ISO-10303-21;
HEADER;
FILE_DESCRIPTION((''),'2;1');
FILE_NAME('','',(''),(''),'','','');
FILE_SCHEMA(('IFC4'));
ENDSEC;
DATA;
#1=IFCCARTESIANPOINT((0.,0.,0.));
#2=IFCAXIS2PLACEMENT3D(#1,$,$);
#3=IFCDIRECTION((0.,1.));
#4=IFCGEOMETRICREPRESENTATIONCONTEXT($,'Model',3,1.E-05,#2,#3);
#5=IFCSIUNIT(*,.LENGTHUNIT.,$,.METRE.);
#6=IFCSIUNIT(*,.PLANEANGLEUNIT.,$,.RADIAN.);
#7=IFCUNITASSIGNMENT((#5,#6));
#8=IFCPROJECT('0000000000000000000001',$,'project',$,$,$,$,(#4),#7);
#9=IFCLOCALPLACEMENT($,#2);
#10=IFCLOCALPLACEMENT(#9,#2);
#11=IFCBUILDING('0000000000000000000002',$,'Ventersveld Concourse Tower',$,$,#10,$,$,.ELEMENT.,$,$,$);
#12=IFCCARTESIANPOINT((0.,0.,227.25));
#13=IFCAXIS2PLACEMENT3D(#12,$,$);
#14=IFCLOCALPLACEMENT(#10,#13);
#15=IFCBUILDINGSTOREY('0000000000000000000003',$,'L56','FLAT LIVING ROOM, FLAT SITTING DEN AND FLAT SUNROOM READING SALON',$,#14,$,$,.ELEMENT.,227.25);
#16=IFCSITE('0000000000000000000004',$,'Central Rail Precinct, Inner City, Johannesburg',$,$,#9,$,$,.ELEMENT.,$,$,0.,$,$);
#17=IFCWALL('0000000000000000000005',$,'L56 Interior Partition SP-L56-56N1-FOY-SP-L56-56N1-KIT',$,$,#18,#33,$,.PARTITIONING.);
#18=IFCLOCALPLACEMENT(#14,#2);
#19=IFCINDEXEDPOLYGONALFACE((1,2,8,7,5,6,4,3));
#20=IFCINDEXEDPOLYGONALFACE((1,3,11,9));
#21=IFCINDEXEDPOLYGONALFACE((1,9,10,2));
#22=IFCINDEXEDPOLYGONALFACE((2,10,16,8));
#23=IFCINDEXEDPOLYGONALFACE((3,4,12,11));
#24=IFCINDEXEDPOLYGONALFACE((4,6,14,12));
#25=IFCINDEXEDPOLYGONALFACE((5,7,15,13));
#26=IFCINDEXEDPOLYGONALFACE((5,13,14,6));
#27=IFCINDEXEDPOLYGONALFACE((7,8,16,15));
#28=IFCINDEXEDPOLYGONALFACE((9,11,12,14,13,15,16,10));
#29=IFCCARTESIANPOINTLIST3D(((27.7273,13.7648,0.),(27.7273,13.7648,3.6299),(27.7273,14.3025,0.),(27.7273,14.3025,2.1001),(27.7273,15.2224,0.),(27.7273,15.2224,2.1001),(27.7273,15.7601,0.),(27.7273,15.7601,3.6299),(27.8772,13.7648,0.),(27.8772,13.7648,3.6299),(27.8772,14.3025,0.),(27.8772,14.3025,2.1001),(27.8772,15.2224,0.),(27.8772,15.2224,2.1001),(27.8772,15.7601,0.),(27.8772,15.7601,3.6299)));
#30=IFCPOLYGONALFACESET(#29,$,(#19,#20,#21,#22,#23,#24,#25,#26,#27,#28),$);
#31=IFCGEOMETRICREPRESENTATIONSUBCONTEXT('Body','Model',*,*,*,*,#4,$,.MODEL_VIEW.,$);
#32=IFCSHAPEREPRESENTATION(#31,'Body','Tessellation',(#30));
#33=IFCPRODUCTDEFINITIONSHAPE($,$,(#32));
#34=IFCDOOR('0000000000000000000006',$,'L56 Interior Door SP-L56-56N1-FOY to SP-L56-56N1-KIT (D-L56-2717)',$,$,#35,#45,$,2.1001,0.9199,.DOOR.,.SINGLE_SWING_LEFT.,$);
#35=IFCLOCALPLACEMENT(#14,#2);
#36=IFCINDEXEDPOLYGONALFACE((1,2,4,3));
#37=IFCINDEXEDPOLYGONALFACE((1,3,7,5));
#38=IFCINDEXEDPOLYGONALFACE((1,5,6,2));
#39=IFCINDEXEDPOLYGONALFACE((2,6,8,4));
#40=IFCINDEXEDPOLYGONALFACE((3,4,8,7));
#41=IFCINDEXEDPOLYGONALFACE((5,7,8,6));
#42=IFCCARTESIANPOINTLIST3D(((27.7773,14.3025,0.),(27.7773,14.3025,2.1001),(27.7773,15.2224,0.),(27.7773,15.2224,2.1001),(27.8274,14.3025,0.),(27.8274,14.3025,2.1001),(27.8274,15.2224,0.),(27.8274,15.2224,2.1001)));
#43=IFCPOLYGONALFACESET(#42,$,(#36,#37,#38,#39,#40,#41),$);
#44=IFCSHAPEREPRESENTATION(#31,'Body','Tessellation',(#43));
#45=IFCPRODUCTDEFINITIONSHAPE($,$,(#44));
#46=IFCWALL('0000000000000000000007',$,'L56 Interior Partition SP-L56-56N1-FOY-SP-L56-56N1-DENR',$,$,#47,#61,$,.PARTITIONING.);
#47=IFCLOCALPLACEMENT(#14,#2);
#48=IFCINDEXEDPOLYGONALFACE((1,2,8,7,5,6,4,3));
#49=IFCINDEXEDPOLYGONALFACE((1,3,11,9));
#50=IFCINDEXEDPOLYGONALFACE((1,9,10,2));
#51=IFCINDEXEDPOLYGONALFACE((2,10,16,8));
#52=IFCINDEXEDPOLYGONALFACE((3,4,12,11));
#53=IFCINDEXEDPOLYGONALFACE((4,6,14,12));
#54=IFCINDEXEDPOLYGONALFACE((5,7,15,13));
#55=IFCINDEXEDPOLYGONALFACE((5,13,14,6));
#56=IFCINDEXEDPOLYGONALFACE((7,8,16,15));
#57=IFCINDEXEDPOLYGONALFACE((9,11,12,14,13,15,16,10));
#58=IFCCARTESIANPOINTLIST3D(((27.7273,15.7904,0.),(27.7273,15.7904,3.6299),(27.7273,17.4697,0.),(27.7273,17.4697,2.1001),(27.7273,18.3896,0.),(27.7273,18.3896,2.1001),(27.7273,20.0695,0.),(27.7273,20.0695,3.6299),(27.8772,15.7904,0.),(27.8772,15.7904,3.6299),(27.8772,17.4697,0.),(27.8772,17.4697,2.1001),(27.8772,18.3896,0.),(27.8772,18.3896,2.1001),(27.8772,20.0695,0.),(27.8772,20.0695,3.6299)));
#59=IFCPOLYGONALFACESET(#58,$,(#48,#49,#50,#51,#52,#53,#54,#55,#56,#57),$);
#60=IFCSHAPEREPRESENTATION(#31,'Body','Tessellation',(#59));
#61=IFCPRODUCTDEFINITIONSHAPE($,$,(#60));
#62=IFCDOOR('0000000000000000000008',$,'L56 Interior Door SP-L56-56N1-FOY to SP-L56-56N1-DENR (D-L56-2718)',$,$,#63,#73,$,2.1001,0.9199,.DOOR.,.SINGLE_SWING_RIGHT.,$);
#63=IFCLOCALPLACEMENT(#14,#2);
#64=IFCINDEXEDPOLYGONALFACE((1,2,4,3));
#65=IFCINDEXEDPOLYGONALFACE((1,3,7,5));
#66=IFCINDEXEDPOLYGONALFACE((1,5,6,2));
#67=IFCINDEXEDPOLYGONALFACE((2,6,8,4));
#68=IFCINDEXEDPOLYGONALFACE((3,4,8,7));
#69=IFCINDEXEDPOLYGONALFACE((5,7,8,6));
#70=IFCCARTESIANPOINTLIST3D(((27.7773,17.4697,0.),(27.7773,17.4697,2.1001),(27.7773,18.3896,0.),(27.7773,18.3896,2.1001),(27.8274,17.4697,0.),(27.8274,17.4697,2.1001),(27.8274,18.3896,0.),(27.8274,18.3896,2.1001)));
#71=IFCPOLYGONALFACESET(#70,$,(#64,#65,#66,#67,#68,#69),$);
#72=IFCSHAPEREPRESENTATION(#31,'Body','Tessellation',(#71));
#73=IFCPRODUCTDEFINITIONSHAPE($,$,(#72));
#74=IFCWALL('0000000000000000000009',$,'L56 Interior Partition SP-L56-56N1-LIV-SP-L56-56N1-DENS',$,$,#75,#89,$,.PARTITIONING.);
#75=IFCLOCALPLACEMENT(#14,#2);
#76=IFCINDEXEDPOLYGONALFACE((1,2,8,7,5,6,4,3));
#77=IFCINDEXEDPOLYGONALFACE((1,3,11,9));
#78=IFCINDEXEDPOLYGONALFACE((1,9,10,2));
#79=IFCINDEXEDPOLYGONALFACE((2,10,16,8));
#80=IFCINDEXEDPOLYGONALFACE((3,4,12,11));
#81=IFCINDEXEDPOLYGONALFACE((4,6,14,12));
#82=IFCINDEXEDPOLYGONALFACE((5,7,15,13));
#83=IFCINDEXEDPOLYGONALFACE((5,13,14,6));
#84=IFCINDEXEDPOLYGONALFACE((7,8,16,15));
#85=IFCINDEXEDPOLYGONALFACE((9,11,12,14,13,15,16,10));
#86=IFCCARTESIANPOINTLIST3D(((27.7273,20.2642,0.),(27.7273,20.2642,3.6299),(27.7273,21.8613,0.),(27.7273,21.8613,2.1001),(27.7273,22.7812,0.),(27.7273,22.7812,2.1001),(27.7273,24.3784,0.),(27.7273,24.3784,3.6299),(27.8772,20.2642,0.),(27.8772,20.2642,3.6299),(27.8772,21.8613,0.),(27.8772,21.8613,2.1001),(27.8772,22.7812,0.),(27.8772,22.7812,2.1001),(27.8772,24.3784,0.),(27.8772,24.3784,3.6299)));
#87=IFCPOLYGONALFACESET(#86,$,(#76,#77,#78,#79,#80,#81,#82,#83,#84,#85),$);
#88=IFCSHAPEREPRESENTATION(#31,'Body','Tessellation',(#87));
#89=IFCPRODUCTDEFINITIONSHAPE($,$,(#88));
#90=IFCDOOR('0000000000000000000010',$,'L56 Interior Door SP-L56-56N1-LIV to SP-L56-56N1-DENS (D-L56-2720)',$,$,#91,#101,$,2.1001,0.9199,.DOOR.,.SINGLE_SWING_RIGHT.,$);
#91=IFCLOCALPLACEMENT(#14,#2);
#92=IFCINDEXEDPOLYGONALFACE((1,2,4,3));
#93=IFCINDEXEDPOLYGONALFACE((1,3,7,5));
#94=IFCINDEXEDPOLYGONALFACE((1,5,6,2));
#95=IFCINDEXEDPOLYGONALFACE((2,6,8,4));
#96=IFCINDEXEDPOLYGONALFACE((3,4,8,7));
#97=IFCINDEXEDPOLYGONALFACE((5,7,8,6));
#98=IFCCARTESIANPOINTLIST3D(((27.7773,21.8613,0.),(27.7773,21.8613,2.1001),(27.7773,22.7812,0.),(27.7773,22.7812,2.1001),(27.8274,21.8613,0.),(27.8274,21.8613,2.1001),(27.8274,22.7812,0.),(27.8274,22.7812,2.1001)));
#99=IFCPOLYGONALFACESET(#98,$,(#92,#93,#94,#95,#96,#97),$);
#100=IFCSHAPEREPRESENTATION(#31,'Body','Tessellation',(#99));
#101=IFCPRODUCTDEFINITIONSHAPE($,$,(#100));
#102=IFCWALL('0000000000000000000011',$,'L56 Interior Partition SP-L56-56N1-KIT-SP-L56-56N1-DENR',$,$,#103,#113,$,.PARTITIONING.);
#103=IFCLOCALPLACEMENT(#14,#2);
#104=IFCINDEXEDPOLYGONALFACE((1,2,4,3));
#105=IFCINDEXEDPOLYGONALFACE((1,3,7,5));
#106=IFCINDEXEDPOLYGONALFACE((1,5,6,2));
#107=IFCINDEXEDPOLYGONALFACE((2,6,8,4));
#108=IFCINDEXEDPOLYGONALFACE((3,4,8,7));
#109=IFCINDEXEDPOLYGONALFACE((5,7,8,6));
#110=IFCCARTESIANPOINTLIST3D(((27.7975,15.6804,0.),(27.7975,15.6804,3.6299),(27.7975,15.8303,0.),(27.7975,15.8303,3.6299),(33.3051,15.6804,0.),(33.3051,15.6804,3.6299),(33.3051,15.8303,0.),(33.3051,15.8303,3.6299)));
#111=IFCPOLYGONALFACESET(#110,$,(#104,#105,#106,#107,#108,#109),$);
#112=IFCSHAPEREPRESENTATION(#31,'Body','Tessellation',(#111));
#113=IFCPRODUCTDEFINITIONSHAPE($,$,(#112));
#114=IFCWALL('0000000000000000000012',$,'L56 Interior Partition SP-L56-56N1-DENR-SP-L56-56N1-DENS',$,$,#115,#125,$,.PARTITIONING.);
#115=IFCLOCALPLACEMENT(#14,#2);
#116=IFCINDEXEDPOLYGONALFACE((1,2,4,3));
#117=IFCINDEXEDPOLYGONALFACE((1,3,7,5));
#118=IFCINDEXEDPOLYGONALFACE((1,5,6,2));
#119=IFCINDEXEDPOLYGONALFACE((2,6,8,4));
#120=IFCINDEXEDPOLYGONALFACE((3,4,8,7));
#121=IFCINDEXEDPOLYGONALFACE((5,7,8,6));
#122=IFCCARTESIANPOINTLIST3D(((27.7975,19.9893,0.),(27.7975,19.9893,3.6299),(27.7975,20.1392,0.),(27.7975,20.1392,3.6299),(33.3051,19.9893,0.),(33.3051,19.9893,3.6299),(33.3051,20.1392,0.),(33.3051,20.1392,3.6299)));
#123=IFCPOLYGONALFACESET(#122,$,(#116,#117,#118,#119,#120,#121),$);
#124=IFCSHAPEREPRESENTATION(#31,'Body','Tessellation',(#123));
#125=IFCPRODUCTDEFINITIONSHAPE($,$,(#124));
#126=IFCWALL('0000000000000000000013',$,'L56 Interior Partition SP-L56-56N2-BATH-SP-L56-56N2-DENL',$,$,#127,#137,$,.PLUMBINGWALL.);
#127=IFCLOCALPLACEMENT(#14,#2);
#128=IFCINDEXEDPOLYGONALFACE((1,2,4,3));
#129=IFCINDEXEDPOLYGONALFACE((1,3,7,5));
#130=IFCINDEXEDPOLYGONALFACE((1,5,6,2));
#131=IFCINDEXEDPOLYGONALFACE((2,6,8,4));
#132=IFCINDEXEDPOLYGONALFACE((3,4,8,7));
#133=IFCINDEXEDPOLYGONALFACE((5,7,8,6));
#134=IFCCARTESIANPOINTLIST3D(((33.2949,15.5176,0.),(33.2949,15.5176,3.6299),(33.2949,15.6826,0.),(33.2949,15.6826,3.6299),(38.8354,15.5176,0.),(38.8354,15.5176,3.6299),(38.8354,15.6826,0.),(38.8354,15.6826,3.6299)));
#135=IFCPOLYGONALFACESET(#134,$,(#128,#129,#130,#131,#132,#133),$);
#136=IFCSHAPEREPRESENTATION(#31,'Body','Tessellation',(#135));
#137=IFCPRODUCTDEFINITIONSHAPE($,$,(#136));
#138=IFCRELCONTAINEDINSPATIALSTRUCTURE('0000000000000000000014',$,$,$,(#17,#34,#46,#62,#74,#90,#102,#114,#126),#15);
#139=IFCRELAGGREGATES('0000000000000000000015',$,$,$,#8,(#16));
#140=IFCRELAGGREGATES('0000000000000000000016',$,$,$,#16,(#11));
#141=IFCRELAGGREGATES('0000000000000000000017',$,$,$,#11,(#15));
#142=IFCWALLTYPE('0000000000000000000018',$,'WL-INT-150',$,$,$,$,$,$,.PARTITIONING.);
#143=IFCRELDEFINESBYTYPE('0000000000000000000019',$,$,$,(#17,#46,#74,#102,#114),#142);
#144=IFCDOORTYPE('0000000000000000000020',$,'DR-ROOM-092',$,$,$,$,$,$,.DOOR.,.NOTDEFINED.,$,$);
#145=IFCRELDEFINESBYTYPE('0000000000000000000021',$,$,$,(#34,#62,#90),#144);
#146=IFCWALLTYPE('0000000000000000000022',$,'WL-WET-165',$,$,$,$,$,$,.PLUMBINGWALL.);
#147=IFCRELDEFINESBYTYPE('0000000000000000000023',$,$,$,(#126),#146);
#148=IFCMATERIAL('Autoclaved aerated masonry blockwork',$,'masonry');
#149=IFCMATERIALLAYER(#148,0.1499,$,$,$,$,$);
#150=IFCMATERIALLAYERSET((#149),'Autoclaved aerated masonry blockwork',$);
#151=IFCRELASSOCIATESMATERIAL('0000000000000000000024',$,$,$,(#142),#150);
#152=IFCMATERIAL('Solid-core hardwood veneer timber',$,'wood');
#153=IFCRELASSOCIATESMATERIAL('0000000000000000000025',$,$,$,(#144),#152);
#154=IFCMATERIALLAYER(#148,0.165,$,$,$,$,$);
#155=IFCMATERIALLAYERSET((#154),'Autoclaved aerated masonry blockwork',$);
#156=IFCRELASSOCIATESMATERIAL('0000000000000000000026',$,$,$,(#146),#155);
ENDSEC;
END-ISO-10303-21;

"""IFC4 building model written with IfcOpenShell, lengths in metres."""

from ifc_helpers import new_model, si_unit, direction, frame, frame_2d, origin, place, context, subcontext, project, spatial, rectangle, extrude, material, layer, layer_set, type_object, element, fill, save


model = new_model("IFC4")

# Units and contexts
model_context = context("Model", 3, precision=1e-05, world=origin(), true_north=direction((0.0, 1.0)))
body_context = subcontext(model_context, "Body", "Model", "MODEL_VIEW")
ifc_project = project(units=[si_unit("LENGTHUNIT", "METRE"), si_unit("PLANEANGLEUNIT", "RADIAN")], contexts=[model_context])

# Site, building, storey
site_placement = place(None, origin())
site = spatial("IfcSite", under=ifc_project, at=site_placement, Name="Central Rail Precinct, Inner City, Johannesburg", CompositionType="ELEMENT", RefElevation=0.0)
building_placement = place(site_placement, origin())
building = spatial("IfcBuilding", under=site, at=building_placement, Name="Ventersveld Concourse Tower", CompositionType="ELEMENT")
storey_placement = place(building_placement, frame((0.0, 0.0, 227.25)))
storey = spatial("IfcBuildingStorey", under=building, at=storey_placement, Name="L56", Description="FLAT LIVING ROOM, FLAT SITTING DEN AND FLAT SUNROOM READING SALON", CompositionType="ELEMENT", Elevation=227.25)

# Walls, openings, doors
ifc_material_1 = material(Name="Autoclaved aerated masonry blockwork", Category="masonry")
ifc_layer_1 = layer(ifc_material_1, 0.1499)
ifc_layer_set_1 = layer_set([ifc_layer_1], Name="Autoclaved aerated masonry blockwork")
wall_type_1 = type_object("IfcWallType", Name="WL-INT-150", PredefinedType="PARTITIONING", material=ifc_layer_set_1)
wall_1_placement = place(storey_placement, frame((27.8022, 13.7649, 0.0), z_axis=(0.0, 0.0, 1.0), x_axis=(0.0, 1.0, 0.0)))
wall_1 = element("IfcWall", 1, at=wall_1_placement, inside=storey, type_object=wall_type_1, Name="L56 Interior Partition SP-L56-56N1-FOY-SP-L56-56N1-KIT", PredefinedType="PARTITIONING", context=body_context, shape_type="SweptSolid", body=[
    extrude(rectangle(XDim=1.9954, YDim=0.1499, at=frame_2d((0.9976, 0.0))), origin(), (0.0, 0.0, 1.0), 3.6299),
])
opening_1_placement = place(wall_1_placement, frame((0.5376, 0.0, 0.0)))
opening_1 = element("IfcOpeningElement", 2, at=opening_1_placement, cuts=wall_1, PredefinedType="OPENING", context=body_context, shape_type="SweptSolid", body=[
    extrude(rectangle(XDim=0.9199, YDim=2.1001, at=frame_2d((0.46, 1.05))), frame((0.0, 0.085, 0.0), z_axis=(0.0, -1.0, 0.0), x_axis=(1.0, 0.0, 0.0)), (0.0, 0.0, 1.0), 0.1699),
])
ifc_material_2 = material(Name="Solid-core hardwood veneer timber", Category="wood")
door_type = type_object("IfcDoorType", Name="DR-ROOM-092", OperationType="NOTDEFINED", PredefinedType="DOOR", material=ifc_material_2)
door_1_placement = place(opening_1_placement, origin())
door_1 = element("IfcDoor", 3, at=door_1_placement, inside=storey, type_object=door_type, Name="L56 Interior Door SP-L56-56N1-FOY to SP-L56-56N1-KIT (D-L56-2717)", OperationType="SINGLE_SWING_LEFT", OverallHeight=2.1001, OverallWidth=0.9199, PredefinedType="DOOR", context=body_context, shape_type="SweptSolid", body=[
    extrude(rectangle(XDim=0.9199, YDim=2.1001, at=frame_2d((0.46, 1.05))), frame((0.0, 0.0249, 0.0), z_axis=(0.0, -1.0, 0.0), x_axis=(1.0, 0.0, 0.0)), (0.0, 0.0, 1.0), 0.05),
])
fill(opening_1, door_1)
wall_2_placement = place(storey_placement, frame((27.8022, 15.7903, 0.0), z_axis=(0.0, 0.0, 1.0), x_axis=(0.0, 1.0, 0.0)))
wall_2 = element("IfcWall", 4, at=wall_2_placement, inside=storey, type_object=wall_type_1, Name="L56 Interior Partition SP-L56-56N1-FOY-SP-L56-56N1-DENR", PredefinedType="PARTITIONING", context=body_context, shape_type="SweptSolid", body=[
    extrude(rectangle(XDim=4.2791, YDim=0.1499, at=frame_2d((2.1396, 0.0))), origin(), (0.0, 0.0, 1.0), 3.6299),
])
opening_2_placement = place(wall_2_placement, frame((1.6794, 0.0, 0.0)))
opening_2 = element("IfcOpeningElement", 5, at=opening_2_placement, cuts=wall_2, PredefinedType="OPENING", context=body_context, shape_type="SweptSolid", body=[
    extrude(rectangle(XDim=0.9199, YDim=2.1001, at=frame_2d((0.46, 1.05))), frame((0.0, 0.085, 0.0), z_axis=(0.0, -1.0, 0.0), x_axis=(1.0, 0.0, 0.0)), (0.0, 0.0, 1.0), 0.1699),
])
door_2_placement = place(opening_2_placement, origin())
door_2 = element("IfcDoor", 6, at=door_2_placement, inside=storey, type_object=door_type, Name="L56 Interior Door SP-L56-56N1-FOY to SP-L56-56N1-DENR (D-L56-2718)", OperationType="SINGLE_SWING_RIGHT", OverallHeight=2.1001, OverallWidth=0.9199, PredefinedType="DOOR", context=body_context, shape_type="SweptSolid", body=[
    extrude(rectangle(XDim=0.9199, YDim=2.1001, at=frame_2d((0.46, 1.05))), frame((0.0, 0.0249, 0.0), z_axis=(0.0, -1.0, 0.0), x_axis=(1.0, 0.0, 0.0)), (0.0, 0.0, 1.0), 0.05),
])
fill(opening_2, door_2)
wall_3_placement = place(storey_placement, frame((27.8022, 20.2642, 0.0), z_axis=(0.0, 0.0, 1.0), x_axis=(0.0, 1.0, 0.0)))
wall_3 = element("IfcWall", 7, at=wall_3_placement, inside=storey, type_object=wall_type_1, Name="L56 Interior Partition SP-L56-56N1-LIV-SP-L56-56N1-DENS", PredefinedType="PARTITIONING", context=body_context, shape_type="SweptSolid", body=[
    extrude(rectangle(XDim=4.1143, YDim=0.1499, at=frame_2d((2.0571, 0.0))), origin(), (0.0, 0.0, 1.0), 3.6299),
])
opening_3_placement = place(wall_3_placement, frame((1.5972, 0.0, 0.0)))
opening_3 = element("IfcOpeningElement", 8, at=opening_3_placement, cuts=wall_3, PredefinedType="OPENING", context=body_context, shape_type="SweptSolid", body=[
    extrude(rectangle(XDim=0.9199, YDim=2.1001, at=frame_2d((0.46, 1.05))), frame((0.0, 0.085, 0.0), z_axis=(0.0, -1.0, 0.0), x_axis=(1.0, 0.0, 0.0)), (0.0, 0.0, 1.0), 0.1699),
])
door_3_placement = place(opening_3_placement, origin())
door_3 = element("IfcDoor", 9, at=door_3_placement, inside=storey, type_object=door_type, Name="L56 Interior Door SP-L56-56N1-LIV to SP-L56-56N1-DENS (D-L56-2720)", OperationType="SINGLE_SWING_RIGHT", OverallHeight=2.1001, OverallWidth=0.9199, PredefinedType="DOOR", context=body_context, shape_type="SweptSolid", body=[
    extrude(rectangle(XDim=0.9199, YDim=2.1001, at=frame_2d((0.46, 1.05))), frame((0.0, 0.0249, 0.0), z_axis=(0.0, -1.0, 0.0), x_axis=(1.0, 0.0, 0.0)), (0.0, 0.0, 1.0), 0.05),
])
fill(opening_3, door_3)

# Walls
for number, where, z_axis, x_axis, name in (
    (10, (27.7974, 15.7554, 0.0), (0.0, 0.0, 1.0), (1.0, 0.0, 0.0), "L56 Interior Partition SP-L56-56N1-KIT-SP-L56-56N1-DENR"),
    (11, (27.7974, 20.0642, 0.0), (0.0, 0.0, 1.0), (1.0, 0.0, 0.0), "L56 Interior Partition SP-L56-56N1-DENR-SP-L56-56N1-DENS"),
):
    element("IfcWall", number, at=place(storey_placement, frame(where, z_axis=z_axis, x_axis=x_axis)), inside=storey, type_object=wall_type_1, Name=name, PredefinedType="PARTITIONING", context=body_context, shape_type="SweptSolid", body=[
        extrude(rectangle(XDim=5.5076, YDim=0.1499, at=frame_2d((2.7539, 0.0))), origin(), (0.0, 0.0, 1.0), 3.6299),
    ])
ifc_layer_2 = layer(ifc_material_1, 0.165)
ifc_layer_set_2 = layer_set([ifc_layer_2], Name="Autoclaved aerated masonry blockwork")
wall_type_2 = type_object("IfcWallType", Name="WL-WET-165", PredefinedType="PLUMBINGWALL", material=ifc_layer_set_2)
wall_4_placement = place(storey_placement, frame((33.2949, 15.6001, 0.0), z_axis=(0.0, 0.0, 1.0), x_axis=(1.0, 0.0, 0.0)))
element("IfcWall", 12, at=wall_4_placement, inside=storey, type_object=wall_type_2, Name="L56 Interior Partition SP-L56-56N2-BATH-SP-L56-56N2-DENL", PredefinedType="PLUMBINGWALL", context=body_context, shape_type="SweptSolid", body=[
    extrude(rectangle(XDim=5.5405, YDim=0.165, at=frame_2d((2.7703, 0.0))), origin(), (0.0, 0.0, 1.0), 3.6299),
])

save(model, "model.ifc")
